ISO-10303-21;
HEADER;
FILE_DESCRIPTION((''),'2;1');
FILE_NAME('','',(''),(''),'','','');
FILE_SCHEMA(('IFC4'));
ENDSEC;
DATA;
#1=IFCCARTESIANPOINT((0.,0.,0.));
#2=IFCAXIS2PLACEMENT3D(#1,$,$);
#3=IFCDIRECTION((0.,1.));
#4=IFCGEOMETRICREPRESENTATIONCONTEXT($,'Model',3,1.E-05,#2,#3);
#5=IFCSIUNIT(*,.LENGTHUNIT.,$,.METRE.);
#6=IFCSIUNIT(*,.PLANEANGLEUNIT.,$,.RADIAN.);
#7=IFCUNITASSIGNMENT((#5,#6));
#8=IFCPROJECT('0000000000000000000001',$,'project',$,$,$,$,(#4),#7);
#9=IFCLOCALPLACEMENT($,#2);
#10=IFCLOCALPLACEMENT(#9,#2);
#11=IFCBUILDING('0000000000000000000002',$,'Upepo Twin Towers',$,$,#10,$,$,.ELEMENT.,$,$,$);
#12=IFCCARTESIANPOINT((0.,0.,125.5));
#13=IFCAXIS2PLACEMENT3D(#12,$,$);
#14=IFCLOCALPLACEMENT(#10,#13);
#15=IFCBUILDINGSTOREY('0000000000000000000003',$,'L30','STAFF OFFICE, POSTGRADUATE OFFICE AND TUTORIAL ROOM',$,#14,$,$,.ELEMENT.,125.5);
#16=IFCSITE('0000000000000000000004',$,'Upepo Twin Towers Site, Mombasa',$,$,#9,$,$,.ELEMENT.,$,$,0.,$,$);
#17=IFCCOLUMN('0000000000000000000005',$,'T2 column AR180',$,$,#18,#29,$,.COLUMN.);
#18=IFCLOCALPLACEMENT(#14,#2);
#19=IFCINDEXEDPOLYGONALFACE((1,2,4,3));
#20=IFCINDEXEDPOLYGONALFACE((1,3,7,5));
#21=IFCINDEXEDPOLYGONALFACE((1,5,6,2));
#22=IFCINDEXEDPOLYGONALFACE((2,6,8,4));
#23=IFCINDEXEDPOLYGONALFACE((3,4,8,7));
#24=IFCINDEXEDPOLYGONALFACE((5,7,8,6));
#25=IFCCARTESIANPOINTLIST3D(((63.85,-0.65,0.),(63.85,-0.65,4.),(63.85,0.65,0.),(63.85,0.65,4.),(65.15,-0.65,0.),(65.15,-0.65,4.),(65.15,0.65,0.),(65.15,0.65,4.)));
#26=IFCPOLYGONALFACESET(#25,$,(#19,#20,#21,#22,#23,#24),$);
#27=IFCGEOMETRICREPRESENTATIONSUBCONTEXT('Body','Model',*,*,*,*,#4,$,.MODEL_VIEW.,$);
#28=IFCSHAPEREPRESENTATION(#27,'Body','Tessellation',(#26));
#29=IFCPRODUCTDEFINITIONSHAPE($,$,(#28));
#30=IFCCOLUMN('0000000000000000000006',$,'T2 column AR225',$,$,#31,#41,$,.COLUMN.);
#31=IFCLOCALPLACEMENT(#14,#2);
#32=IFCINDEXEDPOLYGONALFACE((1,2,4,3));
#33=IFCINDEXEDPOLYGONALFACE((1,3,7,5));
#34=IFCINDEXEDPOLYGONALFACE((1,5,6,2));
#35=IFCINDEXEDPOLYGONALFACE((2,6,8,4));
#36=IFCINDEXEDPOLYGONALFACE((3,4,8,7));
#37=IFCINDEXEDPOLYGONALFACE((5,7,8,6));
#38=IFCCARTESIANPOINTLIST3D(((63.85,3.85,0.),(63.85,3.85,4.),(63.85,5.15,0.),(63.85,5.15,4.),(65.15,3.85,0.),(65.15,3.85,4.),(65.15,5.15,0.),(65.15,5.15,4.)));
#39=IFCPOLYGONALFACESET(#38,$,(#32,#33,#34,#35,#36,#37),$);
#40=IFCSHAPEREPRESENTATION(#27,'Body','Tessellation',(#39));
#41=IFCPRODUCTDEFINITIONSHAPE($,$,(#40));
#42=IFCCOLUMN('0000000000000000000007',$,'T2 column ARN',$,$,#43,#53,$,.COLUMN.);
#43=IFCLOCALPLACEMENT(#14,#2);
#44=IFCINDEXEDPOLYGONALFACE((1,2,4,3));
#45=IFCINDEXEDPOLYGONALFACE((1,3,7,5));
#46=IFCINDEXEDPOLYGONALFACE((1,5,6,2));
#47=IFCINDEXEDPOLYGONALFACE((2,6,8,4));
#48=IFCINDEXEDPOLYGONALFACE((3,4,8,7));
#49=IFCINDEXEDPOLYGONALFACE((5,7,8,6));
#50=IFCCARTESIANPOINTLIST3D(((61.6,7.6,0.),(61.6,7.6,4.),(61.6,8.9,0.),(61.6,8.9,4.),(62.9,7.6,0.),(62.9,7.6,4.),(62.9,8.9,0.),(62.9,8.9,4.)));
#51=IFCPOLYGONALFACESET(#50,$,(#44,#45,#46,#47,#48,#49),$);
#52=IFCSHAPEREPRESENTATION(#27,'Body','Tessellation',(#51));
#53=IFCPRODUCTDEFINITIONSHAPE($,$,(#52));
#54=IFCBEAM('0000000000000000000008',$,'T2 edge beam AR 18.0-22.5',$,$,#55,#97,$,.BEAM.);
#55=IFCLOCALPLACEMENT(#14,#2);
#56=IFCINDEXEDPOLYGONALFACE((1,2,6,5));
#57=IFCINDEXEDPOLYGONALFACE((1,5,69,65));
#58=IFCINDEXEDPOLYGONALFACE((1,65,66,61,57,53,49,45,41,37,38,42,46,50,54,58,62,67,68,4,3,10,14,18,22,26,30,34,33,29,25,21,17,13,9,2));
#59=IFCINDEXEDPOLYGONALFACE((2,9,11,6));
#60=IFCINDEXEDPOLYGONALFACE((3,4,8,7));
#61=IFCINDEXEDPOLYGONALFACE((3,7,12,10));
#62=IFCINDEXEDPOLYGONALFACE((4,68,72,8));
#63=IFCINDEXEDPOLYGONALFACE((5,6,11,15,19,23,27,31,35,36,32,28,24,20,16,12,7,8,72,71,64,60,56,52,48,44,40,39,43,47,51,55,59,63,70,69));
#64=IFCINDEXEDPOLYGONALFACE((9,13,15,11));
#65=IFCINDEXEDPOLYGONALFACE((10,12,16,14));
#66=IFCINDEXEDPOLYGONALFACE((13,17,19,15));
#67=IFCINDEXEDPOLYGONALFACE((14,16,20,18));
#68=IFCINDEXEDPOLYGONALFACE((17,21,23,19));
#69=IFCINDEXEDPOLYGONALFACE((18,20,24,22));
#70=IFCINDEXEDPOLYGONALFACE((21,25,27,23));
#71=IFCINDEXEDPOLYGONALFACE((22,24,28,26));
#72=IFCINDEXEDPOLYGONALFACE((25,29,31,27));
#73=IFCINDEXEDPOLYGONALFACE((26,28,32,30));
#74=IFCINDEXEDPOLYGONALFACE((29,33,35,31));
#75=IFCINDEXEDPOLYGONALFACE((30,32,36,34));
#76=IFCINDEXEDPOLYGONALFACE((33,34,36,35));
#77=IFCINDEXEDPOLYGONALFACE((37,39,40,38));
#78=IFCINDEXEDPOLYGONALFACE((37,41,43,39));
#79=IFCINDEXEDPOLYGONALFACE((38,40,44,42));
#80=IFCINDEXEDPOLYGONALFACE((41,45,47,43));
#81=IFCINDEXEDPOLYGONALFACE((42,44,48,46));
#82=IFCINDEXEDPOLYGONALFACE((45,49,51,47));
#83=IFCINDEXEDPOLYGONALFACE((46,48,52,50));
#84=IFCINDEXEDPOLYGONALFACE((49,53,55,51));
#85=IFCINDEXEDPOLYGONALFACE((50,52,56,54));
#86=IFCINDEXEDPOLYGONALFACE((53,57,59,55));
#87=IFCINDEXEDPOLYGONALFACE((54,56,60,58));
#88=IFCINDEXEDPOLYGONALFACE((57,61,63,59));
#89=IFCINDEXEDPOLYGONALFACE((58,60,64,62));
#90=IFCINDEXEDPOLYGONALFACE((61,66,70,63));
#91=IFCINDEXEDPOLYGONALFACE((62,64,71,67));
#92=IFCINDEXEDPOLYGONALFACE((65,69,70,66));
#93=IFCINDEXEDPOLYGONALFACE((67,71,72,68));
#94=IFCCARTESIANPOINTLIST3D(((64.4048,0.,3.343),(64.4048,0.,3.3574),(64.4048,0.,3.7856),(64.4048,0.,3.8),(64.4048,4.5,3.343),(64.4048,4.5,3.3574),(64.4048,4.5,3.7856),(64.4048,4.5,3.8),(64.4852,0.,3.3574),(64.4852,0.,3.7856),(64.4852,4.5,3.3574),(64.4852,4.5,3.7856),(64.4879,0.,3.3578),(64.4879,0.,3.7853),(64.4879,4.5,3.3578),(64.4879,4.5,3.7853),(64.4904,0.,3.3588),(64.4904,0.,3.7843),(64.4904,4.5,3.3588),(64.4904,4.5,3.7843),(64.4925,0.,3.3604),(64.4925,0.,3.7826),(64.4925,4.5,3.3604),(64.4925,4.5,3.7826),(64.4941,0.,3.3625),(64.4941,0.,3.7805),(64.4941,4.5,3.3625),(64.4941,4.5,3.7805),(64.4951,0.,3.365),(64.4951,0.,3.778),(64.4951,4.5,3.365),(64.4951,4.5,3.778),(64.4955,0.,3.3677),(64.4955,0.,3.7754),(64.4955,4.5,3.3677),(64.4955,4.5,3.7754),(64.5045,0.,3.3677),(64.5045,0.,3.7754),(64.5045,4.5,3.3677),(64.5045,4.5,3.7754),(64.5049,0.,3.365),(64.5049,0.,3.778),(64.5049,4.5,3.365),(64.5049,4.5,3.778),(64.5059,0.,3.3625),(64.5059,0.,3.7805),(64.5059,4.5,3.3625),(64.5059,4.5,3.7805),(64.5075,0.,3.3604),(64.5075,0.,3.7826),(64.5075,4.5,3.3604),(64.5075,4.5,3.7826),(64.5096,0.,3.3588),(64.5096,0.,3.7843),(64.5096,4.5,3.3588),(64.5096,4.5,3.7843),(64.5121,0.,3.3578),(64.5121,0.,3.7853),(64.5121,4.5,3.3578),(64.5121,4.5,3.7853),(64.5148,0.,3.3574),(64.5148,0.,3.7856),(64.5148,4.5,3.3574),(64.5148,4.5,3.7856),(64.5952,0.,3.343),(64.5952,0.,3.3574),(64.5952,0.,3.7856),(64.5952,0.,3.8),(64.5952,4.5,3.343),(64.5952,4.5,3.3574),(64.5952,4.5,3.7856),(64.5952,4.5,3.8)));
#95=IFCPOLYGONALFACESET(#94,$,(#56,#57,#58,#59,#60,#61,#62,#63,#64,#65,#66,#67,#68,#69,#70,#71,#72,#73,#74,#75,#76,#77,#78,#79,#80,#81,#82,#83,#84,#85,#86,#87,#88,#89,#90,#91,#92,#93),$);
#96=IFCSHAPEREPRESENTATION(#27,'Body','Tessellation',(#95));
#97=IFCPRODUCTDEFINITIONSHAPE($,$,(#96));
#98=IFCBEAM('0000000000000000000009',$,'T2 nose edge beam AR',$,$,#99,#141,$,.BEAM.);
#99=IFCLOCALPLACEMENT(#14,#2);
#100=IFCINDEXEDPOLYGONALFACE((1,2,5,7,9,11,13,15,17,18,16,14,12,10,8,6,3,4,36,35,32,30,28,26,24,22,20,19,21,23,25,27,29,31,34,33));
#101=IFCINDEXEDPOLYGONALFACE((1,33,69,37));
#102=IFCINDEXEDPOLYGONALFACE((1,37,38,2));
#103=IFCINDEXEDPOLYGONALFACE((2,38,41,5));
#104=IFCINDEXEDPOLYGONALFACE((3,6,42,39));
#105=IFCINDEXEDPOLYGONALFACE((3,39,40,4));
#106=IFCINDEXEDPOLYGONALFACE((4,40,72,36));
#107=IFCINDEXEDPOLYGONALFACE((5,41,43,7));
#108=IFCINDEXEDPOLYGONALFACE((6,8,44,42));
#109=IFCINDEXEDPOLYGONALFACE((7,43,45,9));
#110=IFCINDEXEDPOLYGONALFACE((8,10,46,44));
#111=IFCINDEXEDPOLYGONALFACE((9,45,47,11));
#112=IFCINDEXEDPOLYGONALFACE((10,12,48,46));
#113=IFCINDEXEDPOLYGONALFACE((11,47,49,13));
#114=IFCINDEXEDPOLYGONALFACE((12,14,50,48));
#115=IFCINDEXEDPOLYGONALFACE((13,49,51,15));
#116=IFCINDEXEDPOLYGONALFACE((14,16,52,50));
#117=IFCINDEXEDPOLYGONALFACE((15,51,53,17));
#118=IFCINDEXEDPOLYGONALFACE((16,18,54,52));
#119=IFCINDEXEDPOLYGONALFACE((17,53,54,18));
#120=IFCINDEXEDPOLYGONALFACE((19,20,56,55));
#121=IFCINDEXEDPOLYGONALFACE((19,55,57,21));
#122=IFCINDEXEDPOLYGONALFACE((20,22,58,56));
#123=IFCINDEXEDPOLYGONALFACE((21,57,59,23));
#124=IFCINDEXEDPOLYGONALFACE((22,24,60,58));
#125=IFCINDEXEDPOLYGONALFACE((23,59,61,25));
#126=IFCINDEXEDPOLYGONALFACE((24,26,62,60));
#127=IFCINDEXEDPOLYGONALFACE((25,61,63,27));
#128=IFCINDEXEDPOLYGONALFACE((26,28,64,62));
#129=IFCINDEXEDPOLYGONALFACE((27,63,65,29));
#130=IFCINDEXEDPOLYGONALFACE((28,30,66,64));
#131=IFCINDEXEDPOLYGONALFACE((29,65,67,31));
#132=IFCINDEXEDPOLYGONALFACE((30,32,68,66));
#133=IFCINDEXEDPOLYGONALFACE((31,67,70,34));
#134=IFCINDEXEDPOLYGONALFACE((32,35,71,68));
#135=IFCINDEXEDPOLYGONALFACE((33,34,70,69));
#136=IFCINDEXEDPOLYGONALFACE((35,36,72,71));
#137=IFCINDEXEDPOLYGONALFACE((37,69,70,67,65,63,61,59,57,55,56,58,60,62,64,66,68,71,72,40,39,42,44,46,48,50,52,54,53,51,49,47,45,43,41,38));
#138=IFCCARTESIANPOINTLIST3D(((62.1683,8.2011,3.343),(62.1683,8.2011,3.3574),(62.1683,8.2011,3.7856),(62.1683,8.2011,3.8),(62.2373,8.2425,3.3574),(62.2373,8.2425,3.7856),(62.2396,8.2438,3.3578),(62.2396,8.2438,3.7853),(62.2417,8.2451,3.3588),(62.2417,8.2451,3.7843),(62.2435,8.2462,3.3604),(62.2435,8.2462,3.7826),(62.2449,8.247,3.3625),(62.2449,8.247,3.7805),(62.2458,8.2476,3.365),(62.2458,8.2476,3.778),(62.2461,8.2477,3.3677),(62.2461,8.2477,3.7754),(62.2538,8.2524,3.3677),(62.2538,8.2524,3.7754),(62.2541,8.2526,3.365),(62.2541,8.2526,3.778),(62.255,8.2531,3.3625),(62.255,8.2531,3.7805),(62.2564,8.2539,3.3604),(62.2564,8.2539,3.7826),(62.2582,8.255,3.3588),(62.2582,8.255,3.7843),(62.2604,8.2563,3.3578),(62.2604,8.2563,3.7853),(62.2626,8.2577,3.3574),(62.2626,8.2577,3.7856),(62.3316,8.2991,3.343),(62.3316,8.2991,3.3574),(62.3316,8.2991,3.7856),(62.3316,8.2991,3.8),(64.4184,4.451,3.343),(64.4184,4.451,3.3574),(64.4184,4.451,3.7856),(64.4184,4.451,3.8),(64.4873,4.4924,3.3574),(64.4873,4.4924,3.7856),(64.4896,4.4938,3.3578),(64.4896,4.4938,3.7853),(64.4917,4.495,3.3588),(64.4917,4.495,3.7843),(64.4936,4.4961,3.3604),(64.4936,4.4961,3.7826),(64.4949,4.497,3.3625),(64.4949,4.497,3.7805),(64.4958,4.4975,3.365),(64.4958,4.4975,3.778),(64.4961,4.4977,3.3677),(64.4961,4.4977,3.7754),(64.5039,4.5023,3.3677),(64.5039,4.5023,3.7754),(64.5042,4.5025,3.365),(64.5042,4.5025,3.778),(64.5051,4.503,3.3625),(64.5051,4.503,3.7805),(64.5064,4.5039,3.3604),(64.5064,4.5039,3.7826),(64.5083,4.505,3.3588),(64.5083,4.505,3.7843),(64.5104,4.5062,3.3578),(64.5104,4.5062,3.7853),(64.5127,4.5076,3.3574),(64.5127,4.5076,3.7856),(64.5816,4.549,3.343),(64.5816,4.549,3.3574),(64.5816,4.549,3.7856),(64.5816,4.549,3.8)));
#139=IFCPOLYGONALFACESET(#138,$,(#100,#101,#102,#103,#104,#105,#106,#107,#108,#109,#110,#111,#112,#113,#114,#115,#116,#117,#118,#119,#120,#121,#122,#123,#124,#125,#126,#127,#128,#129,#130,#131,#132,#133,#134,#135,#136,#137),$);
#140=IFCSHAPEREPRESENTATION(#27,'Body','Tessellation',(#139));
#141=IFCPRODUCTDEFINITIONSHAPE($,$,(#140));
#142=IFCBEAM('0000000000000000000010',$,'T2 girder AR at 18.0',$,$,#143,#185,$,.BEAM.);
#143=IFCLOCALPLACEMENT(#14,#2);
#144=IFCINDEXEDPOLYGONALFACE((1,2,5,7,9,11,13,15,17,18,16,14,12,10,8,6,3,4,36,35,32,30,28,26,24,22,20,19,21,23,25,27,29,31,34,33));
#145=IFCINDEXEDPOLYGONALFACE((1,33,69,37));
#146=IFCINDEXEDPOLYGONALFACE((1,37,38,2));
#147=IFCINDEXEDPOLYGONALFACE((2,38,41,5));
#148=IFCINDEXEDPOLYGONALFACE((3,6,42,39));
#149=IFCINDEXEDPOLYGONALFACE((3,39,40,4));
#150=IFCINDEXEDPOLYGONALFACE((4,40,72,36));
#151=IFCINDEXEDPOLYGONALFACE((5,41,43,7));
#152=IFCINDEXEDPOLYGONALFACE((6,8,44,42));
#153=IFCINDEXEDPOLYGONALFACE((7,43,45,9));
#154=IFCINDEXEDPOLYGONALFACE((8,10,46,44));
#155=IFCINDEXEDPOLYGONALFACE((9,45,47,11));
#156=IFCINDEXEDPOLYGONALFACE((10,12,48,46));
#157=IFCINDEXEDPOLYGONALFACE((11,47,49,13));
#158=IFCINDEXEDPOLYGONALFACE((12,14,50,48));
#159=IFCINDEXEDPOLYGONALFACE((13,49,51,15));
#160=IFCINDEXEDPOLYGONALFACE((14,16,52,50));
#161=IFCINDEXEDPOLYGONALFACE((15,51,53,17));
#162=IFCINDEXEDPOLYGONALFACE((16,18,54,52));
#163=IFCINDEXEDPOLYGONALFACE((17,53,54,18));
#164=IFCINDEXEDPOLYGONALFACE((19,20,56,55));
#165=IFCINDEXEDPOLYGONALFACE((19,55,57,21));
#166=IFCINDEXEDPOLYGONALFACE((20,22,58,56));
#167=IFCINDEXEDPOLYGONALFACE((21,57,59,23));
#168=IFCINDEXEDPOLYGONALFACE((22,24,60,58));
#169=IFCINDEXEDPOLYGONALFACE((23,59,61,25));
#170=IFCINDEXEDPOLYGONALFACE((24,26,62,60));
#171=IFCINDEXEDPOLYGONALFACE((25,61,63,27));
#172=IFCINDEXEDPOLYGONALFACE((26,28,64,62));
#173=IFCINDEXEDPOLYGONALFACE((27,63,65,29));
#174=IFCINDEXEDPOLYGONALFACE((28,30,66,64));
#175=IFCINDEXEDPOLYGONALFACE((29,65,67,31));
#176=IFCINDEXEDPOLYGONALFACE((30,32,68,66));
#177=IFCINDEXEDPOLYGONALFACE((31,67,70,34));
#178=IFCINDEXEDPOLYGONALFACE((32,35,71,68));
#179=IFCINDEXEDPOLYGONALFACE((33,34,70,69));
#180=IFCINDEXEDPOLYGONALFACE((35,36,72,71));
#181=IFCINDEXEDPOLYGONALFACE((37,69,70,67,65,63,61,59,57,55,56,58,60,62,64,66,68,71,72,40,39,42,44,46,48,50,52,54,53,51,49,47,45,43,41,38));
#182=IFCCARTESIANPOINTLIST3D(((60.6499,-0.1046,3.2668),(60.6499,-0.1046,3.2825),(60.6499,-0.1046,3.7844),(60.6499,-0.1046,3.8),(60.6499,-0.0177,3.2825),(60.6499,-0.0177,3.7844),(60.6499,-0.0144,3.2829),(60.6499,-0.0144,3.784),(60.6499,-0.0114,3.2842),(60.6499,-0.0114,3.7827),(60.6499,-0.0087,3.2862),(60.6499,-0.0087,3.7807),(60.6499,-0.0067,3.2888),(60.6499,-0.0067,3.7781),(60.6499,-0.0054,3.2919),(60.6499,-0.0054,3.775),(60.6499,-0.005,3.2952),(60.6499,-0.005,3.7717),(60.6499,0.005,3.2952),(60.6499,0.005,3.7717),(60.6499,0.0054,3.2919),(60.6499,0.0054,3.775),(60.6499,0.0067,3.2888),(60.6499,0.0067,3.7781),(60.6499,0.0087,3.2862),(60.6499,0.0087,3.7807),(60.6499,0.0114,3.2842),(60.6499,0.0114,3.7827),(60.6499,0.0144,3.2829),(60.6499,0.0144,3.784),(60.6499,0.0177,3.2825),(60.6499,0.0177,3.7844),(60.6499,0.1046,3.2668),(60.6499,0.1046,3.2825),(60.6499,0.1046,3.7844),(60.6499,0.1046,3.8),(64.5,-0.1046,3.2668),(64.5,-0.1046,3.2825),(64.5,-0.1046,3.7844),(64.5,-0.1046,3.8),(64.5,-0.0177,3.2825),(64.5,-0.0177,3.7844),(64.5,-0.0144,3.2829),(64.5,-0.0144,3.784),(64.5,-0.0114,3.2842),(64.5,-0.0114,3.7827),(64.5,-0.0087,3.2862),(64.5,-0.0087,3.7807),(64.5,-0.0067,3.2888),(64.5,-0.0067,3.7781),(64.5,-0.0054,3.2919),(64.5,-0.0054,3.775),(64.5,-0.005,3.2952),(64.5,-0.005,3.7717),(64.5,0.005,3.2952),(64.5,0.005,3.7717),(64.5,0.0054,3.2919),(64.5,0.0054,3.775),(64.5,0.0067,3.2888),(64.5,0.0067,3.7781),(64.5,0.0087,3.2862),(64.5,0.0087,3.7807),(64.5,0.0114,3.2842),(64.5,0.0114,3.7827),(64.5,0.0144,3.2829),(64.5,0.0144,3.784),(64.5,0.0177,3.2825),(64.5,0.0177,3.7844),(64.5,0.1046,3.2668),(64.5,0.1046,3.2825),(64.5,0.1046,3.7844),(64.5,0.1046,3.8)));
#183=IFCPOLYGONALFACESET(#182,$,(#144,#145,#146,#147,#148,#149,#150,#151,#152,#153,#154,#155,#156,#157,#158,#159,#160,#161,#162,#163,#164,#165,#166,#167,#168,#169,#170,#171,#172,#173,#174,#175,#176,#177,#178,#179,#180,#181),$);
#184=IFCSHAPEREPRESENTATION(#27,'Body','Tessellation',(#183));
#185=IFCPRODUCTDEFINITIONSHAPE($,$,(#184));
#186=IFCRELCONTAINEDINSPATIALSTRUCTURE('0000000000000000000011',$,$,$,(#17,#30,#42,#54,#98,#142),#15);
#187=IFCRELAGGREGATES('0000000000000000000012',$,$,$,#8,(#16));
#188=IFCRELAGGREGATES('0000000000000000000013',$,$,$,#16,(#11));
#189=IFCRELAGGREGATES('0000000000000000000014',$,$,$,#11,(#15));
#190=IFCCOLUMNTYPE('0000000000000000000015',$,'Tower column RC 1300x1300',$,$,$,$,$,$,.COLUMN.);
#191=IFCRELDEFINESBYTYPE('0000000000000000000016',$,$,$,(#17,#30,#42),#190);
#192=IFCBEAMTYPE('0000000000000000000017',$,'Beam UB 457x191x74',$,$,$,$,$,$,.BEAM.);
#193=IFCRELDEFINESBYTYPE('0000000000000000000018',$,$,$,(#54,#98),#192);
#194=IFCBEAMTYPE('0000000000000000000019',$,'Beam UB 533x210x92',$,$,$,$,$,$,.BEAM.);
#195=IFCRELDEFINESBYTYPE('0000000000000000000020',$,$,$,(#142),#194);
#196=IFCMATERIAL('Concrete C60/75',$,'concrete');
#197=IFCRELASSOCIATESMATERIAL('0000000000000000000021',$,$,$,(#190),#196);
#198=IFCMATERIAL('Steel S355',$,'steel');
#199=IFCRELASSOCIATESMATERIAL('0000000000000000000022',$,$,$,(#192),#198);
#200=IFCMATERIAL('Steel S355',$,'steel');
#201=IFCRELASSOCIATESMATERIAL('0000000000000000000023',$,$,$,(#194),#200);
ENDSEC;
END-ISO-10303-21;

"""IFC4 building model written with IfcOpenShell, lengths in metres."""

from ifc_helpers import new_model, si_unit, direction, frame, origin, origin_2d, place, context, subcontext, project, spatial, rectangle, i_section, extrude, material, material_profile, profile_set, type_object, element, save


model = new_model("IFC4")

# Units and contexts
model_context = context("Model", 3, precision=1e-05, world=origin(), true_north=direction((0.0, 1.0)))
body_context = subcontext(model_context, "Body", "Model", "MODEL_VIEW")
ifc_project = project(units=[si_unit("LENGTHUNIT", "METRE"), si_unit("PLANEANGLEUNIT", "RADIAN")], contexts=[model_context])

# Site, building, storey
site_placement = place(None, origin())
site = spatial("IfcSite", under=ifc_project, at=site_placement, Name="Upepo Twin Towers Site, Mombasa", CompositionType="ELEMENT", RefElevation=0.0)
building_placement = place(site_placement, origin())
building = spatial("IfcBuilding", under=site, at=building_placement, Name="Upepo Twin Towers", CompositionType="ELEMENT")
storey_placement = place(building_placement, frame((0.0, 0.0, 125.5)))
storey = spatial("IfcBuildingStorey", under=building, at=storey_placement, Name="L30", Description="STAFF OFFICE, POSTGRADUATE OFFICE AND TUTORIAL ROOM", CompositionType="ELEMENT", Elevation=125.5)

# Columns
ifc_material_1 = material(Name="Concrete C60/75", Category="concrete")
ifc_material_profile_1 = material_profile(ifc_material_1, rectangle(XDim=1.3, YDim=1.3, at=origin_2d()), Name="RC 1300x1300")
ifc_profile_set_1 = profile_set([ifc_material_profile_1], Name="Concrete C60/75")
column_type = type_object("IfcColumnType", Name="Tower column RC 1300x1300", PredefinedType="COLUMN", material=ifc_profile_set_1)
for number, where, z_axis, x_axis, name in (
    (1, (64.5, 0.0, 0.0), (0.0, 0.0, 1.0), (1.0, 0.0, 0.0), "T2 column AR180"),
    (2, (64.5, 4.5, 0.0), (0.0, 0.0, 1.0), (1.0, 0.0, 0.0), "T2 column AR225"),
    (3, (62.25, 8.25, 0.0), (0.0, 0.0, 1.0), (1.0, 0.0, 0.0), "T2 column ARN"),
):
    element("IfcColumn", number, at=place(storey_placement, frame(where, z_axis=z_axis, x_axis=x_axis)), inside=storey, type_object=column_type, Name=name, PredefinedType="COLUMN", context=body_context, shape_type="SweptSolid", body=[
        extrude(rectangle(XDim=1.3, YDim=1.3, at=origin_2d()), origin(), (0.0, 0.0, 1.0), 4.0),
    ])

# Beams
ifc_material_2 = material(Name="Steel S355", Category="steel")
ifc_material_profile_2 = material_profile(ifc_material_2, i_section(OverallWidth=0.1904, OverallDepth=0.457, WebThickness=0.009, FlangeThickness=0.0144, FilletRadius=0.0103, at=origin_2d()), Name="UB 457x191x74")
ifc_profile_set_2 = profile_set([ifc_material_profile_2], Name="Steel S355")
beam_type_1 = type_object("IfcBeamType", Name="Beam UB 457x191x74", PredefinedType="BEAM", material=ifc_profile_set_2)
beam_1_placement = place(storey_placement, frame((64.5, 0.0, 3.5715), z_axis=(0.0, 1.0, 0.0), x_axis=(-1.0, 0.0, 0.0)))
element("IfcBeam", 4, at=beam_1_placement, inside=storey, type_object=beam_type_1, Name="T2 edge beam AR 18.0-22.5", PredefinedType="BEAM", context=body_context, shape_type="SweptSolid", body=[
    extrude(i_section(OverallWidth=0.1904, OverallDepth=0.457, WebThickness=0.009, FlangeThickness=0.0144, FilletRadius=0.0103, at=origin_2d()), origin(), (0.0, 0.0, 1.0), 4.5),
])
beam_2_placement = place(storey_placement, frame((64.5, 4.5, 3.5715), z_axis=(-0.514496, 0.857493, 0.0), x_axis=(-0.857493, -0.514496, 0.0)))
element("IfcBeam", 5, at=beam_2_placement, inside=storey, type_object=beam_type_1, Name="T2 nose edge beam AR", PredefinedType="BEAM", context=body_context, shape_type="SweptSolid", body=[
    extrude(i_section(OverallWidth=0.1904, OverallDepth=0.457, WebThickness=0.009, FlangeThickness=0.0144, FilletRadius=0.0103, at=origin_2d()), origin(), (0.0, 0.0, 1.0), 4.3733),
])
ifc_material_3 = material(Name="Steel S355", Category="steel")
ifc_material_profile_3 = material_profile(ifc_material_3, i_section(OverallWidth=0.2092, OverallDepth=0.5332, WebThickness=0.01, FlangeThickness=0.0156, FilletRadius=0.0127, at=origin_2d()), Name="UB 533x210x92")
ifc_profile_set_3 = profile_set([ifc_material_profile_3], Name="Steel S355")
beam_type_2 = type_object("IfcBeamType", Name="Beam UB 533x210x92", PredefinedType="BEAM", material=ifc_profile_set_3)
for number, where, z_axis, x_axis, name in (
    (6, (64.5, 0.0, 3.5334), (-1.0, 0.0, 0.0), (0.0, -1.0, 0.0), "T2 girder AR at 18.0"),
):
    element("IfcBeam", number, at=place(storey_placement, frame(where, z_axis=z_axis, x_axis=x_axis)), inside=storey, type_object=beam_type_2, Name=name, PredefinedType="BEAM", context=body_context, shape_type="SweptSolid", body=[
        extrude(i_section(OverallWidth=0.2092, OverallDepth=0.5332, WebThickness=0.01, FlangeThickness=0.0156, FilletRadius=0.0127, at=origin_2d()), origin(), (0.0, 0.0, 1.0), 3.8501),
    ])

save(model, "model.ifc")
